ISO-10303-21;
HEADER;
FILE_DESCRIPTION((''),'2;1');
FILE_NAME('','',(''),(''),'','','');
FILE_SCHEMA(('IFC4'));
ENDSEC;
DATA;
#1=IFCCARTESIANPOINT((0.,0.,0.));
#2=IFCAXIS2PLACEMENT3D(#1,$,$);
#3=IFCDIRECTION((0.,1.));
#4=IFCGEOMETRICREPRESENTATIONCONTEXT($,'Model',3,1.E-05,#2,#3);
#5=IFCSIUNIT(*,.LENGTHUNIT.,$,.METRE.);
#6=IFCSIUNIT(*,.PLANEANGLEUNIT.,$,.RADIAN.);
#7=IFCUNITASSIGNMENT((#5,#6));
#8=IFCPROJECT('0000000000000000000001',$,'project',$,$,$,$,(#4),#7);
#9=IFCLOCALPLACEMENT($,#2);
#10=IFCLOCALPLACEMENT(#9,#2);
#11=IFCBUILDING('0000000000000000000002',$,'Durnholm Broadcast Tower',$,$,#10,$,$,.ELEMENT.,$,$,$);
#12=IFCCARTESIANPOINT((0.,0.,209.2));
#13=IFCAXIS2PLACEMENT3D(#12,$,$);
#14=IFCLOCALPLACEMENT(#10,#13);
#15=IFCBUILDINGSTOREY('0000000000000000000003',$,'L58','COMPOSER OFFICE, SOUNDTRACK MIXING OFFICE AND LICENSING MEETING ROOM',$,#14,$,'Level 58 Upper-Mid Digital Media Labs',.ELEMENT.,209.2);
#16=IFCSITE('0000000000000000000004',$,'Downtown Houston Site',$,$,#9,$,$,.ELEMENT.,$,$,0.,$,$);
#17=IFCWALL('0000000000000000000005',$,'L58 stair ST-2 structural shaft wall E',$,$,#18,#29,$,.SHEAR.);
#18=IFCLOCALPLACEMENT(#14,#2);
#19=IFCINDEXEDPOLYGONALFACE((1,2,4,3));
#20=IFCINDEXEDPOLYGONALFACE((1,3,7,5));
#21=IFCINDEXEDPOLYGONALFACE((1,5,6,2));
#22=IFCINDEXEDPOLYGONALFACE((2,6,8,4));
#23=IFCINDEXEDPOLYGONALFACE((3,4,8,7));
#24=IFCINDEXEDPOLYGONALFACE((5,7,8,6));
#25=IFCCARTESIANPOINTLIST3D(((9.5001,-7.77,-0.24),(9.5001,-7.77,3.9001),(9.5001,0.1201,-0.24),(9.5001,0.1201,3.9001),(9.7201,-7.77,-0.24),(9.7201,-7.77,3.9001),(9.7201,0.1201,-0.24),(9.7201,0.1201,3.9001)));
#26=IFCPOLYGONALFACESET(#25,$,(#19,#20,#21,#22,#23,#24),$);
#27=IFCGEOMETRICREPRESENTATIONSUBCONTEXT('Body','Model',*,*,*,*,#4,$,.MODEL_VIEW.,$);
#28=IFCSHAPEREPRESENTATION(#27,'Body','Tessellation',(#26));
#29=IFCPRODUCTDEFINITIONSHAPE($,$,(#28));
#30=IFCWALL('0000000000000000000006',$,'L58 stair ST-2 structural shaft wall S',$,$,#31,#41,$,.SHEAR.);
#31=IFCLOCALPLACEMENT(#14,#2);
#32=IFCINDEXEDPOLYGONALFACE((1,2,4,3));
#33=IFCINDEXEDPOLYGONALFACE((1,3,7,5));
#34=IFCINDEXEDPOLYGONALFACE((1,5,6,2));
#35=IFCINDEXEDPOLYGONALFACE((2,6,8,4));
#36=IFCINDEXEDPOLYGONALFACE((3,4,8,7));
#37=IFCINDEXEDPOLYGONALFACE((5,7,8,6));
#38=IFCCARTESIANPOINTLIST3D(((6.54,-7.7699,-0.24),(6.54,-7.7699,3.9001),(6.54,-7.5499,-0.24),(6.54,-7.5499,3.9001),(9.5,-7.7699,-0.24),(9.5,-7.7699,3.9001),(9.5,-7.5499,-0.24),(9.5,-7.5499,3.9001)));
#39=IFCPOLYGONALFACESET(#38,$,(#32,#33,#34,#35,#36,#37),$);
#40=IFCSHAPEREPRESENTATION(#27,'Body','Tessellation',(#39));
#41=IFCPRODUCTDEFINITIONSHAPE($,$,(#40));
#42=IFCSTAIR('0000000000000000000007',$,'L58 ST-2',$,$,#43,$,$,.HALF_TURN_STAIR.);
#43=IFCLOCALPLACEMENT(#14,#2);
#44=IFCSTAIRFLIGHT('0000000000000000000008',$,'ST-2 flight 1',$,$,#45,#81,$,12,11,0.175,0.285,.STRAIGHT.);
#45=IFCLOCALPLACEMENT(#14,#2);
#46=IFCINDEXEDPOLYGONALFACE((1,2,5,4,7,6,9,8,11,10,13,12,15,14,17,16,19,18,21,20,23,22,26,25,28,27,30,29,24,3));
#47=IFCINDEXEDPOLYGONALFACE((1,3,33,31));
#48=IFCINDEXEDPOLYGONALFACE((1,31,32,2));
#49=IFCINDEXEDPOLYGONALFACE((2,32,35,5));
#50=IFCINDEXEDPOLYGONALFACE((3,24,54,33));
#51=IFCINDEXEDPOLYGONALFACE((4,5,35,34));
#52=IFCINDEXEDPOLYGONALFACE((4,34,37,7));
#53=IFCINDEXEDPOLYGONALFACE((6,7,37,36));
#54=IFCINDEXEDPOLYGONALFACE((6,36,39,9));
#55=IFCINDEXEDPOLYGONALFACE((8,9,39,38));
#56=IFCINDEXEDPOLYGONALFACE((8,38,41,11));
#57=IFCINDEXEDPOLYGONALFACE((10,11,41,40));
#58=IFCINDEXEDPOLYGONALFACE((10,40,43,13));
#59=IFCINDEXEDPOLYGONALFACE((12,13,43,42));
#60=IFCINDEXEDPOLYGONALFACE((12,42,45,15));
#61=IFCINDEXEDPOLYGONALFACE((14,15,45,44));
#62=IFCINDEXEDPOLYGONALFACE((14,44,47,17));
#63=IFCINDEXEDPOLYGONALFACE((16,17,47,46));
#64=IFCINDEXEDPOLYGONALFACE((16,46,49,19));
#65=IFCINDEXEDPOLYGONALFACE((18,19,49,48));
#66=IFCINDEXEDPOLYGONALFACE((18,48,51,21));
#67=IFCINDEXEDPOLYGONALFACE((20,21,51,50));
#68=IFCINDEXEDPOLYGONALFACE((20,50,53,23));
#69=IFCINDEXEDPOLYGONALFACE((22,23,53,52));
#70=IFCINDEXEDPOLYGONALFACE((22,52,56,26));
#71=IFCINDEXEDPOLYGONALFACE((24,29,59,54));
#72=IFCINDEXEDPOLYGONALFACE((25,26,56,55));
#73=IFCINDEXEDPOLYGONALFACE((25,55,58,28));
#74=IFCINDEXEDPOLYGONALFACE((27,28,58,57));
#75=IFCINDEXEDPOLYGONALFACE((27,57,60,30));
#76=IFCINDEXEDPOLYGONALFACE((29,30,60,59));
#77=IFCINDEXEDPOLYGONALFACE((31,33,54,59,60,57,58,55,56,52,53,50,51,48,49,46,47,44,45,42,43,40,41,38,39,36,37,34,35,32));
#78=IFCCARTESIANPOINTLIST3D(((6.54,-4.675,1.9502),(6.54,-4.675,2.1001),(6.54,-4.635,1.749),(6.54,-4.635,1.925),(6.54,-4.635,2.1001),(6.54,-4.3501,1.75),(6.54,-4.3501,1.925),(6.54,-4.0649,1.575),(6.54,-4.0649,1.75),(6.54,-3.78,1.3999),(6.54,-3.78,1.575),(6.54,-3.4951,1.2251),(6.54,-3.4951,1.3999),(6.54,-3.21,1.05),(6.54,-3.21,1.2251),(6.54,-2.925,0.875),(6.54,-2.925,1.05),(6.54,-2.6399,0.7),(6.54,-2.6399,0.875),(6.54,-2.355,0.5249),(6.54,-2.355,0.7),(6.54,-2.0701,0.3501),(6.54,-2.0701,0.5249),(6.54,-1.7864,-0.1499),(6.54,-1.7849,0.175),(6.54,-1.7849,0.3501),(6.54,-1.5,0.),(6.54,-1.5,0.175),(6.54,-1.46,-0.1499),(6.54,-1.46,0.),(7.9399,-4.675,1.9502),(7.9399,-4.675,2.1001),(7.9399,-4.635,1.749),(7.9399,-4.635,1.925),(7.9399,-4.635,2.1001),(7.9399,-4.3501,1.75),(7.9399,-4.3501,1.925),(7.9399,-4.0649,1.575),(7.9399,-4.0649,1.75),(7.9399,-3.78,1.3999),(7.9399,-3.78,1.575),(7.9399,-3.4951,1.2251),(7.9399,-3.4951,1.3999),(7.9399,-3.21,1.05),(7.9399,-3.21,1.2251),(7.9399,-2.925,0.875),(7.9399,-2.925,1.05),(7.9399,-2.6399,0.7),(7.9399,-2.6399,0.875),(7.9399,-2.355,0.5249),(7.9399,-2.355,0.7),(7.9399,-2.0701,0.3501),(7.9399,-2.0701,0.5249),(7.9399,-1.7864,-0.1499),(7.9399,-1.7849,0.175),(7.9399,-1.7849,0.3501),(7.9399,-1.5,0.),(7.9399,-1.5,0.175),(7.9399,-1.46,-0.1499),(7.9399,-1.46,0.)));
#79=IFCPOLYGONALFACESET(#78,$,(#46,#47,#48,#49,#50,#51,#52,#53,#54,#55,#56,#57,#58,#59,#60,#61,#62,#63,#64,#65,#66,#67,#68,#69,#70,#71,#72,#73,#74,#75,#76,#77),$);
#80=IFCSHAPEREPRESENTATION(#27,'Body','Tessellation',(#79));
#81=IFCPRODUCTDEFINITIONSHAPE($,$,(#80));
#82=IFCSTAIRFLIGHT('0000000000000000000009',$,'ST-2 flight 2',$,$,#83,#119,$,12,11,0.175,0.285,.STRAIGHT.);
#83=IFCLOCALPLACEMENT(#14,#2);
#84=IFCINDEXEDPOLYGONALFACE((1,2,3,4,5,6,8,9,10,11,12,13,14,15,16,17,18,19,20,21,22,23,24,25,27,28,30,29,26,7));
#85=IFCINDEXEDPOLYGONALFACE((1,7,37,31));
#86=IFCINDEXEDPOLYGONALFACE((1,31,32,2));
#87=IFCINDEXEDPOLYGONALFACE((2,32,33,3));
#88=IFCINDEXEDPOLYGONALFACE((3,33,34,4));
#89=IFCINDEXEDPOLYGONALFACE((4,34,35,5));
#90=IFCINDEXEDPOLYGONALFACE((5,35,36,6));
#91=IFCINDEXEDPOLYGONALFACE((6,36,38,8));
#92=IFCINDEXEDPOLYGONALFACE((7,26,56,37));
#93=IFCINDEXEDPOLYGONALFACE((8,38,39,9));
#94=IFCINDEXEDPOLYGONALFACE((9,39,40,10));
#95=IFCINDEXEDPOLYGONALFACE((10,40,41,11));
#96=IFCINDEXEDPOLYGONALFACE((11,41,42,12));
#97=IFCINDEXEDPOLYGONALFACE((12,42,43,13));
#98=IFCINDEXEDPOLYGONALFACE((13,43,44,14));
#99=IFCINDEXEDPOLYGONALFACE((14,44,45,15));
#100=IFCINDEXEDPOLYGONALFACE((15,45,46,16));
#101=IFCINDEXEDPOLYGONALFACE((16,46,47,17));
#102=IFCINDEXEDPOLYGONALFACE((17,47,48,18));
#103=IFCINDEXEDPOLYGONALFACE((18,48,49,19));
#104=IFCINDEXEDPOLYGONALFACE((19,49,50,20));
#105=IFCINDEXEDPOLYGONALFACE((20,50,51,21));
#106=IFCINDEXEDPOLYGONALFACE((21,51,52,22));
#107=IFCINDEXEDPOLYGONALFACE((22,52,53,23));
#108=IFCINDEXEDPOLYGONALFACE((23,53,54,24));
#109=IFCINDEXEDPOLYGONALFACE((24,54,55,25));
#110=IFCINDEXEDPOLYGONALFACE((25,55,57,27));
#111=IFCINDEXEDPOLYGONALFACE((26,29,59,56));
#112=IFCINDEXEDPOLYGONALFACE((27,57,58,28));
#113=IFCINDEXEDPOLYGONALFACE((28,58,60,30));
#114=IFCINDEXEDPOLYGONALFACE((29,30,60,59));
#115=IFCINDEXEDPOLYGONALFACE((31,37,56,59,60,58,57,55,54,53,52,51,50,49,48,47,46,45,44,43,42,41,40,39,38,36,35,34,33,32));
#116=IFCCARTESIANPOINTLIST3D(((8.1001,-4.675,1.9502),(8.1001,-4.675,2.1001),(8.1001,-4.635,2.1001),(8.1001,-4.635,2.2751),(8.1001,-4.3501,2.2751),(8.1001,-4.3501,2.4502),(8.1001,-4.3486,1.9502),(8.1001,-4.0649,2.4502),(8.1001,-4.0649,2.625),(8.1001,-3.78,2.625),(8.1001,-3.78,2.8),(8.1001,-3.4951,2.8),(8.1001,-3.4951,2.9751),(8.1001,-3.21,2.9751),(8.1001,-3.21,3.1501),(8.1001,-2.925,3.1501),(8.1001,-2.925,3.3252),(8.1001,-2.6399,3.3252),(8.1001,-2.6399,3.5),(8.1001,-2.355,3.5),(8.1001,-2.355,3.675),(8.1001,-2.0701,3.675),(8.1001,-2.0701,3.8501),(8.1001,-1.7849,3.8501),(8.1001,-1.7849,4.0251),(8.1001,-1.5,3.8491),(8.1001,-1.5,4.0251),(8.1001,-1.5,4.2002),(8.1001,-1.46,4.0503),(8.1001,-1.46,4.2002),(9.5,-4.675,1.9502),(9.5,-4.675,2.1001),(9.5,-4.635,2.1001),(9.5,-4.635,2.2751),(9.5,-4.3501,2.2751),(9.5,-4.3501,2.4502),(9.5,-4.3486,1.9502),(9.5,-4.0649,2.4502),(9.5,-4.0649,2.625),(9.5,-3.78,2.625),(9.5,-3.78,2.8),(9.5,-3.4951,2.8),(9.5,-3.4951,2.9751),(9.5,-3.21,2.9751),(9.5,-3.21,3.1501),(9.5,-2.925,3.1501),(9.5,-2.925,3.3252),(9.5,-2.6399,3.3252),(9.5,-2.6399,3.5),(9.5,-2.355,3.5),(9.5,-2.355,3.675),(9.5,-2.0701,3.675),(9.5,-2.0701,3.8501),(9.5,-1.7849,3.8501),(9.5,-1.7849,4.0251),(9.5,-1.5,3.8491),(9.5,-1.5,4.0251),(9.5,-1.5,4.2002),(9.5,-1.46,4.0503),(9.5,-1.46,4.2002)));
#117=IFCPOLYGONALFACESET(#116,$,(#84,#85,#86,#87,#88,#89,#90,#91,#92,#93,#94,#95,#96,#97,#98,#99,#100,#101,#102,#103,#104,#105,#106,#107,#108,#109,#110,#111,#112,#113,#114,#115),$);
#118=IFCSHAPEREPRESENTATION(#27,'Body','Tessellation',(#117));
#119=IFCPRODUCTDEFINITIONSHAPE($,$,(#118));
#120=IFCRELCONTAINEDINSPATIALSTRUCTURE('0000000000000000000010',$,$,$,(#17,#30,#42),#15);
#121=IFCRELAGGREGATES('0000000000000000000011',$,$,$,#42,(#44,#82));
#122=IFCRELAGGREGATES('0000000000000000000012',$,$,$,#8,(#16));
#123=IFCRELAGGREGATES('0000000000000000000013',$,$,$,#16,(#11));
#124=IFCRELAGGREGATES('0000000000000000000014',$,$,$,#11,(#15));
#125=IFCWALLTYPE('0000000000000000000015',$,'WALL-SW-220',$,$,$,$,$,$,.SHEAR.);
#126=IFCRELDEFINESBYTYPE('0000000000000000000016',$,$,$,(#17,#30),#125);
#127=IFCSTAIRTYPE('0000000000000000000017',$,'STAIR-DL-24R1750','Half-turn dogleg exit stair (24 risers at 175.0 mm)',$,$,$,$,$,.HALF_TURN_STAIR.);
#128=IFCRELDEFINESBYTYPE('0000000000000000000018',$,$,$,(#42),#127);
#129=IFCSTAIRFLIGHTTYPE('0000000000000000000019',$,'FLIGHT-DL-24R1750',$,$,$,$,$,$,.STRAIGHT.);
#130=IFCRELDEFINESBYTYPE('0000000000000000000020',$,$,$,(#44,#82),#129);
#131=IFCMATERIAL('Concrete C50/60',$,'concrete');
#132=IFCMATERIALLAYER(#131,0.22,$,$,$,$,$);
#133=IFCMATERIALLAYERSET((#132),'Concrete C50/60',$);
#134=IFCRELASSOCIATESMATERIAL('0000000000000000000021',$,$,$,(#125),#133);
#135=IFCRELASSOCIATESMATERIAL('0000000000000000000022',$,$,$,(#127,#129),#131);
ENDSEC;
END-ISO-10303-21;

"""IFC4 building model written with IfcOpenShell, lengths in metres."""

from ifc_helpers import new_model, si_unit, direction, frame, frame_2d, origin, place, context, subcontext, project, spatial, polyline, rectangle, outline, extrude, material, layer, layer_set, type_object, element, aggregate, save


model = new_model("IFC4")

# Units and contexts
model_context = context("Model", 3, precision=1e-05, world=origin(), true_north=direction((0.0, 1.0)))
body_context = subcontext(model_context, "Body", "Model", "MODEL_VIEW")
ifc_project = project(units=[si_unit("LENGTHUNIT", "METRE"), si_unit("PLANEANGLEUNIT", "RADIAN")], contexts=[model_context])

# Site, building, storey
site_placement = place(None, origin())
site = spatial("IfcSite", under=ifc_project, at=site_placement, Name="Downtown Houston Site", CompositionType="ELEMENT", RefElevation=0.0)
building_placement = place(site_placement, origin())
building = spatial("IfcBuilding", under=site, at=building_placement, Name="Durnholm Broadcast Tower", CompositionType="ELEMENT")
storey_placement = place(building_placement, frame((0.0, 0.0, 209.2)))
storey = spatial("IfcBuildingStorey", under=building, at=storey_placement, Name="L58", Description="COMPOSER OFFICE, SOUNDTRACK MIXING OFFICE AND LICENSING MEETING ROOM", LongName="Level 58 Upper-Mid Digital Media Labs", CompositionType="ELEMENT", Elevation=209.2)

# Walls
ifc_material_1 = material(Name="Concrete C50/60", Category="concrete")
ifc_layer_1 = layer(ifc_material_1, 0.22)
ifc_layer_set_1 = layer_set([ifc_layer_1], Name="Concrete C50/60")
wall_type_1 = type_object("IfcWallType", Name="WALL-SW-220", PredefinedType="SHEAR", material=ifc_layer_set_1)
wall_1_placement = place(storey_placement, frame((9.6101, -7.77, -0.24), z_axis=(0.0, 0.0, 1.0), x_axis=(0.0, 1.0, 0.0)))
element("IfcWall", 1, at=wall_1_placement, inside=storey, type_object=wall_type_1, Name="L58 stair ST-2 structural shaft wall E", PredefinedType="SHEAR", context=body_context, shape_type="SweptSolid", body=[
    extrude(rectangle(XDim=7.8901, YDim=0.22, at=frame_2d((3.9451, 0.0))), origin(), (0.0, 0.0, 1.0), 4.1401),
])
wall_2_placement = place(storey_placement, frame((6.54, -7.6599, -0.24), z_axis=(0.0, 0.0, 1.0), x_axis=(1.0, 0.0, 0.0)))
element("IfcWall", 2, at=wall_2_placement, inside=storey, type_object=wall_type_1, Name="L58 stair ST-2 structural shaft wall S", PredefinedType="SHEAR", context=body_context, shape_type="SweptSolid", body=[
    extrude(rectangle(XDim=2.96, YDim=0.22, at=frame_2d((1.48, 0.0))), origin(), (0.0, 0.0, 1.0), 4.1401),
])

# Stair, stair flights
stair_type = type_object("IfcStairType", Name="STAIR-DL-24R1750", Description="Half-turn dogleg exit stair (24 risers at 175.0 mm)", PredefinedType="HALF_TURN_STAIR", material=ifc_material_1)
stair_placement = place(storey_placement, origin())
stair = element("IfcStair", 3, at=stair_placement, inside=storey, type_object=stair_type, Name="L58 ST-2", PredefinedType="HALF_TURN_STAIR")
stair_flight_type = type_object("IfcStairFlightType", Name="FLIGHT-DL-24R1750", PredefinedType="STRAIGHT", material=ifc_material_1)
stair_flight_1_placement = place(storey_placement, frame((7.24, -1.5, 0.0), z_axis=(0.0, 0.0, 1.0), x_axis=(0.0, -1.0, 0.0)))
stair_flight_1 = element("IfcStairFlight", 4, at=stair_flight_1_placement, type_object=stair_flight_type, Name="ST-2 flight 1", NumberOfRisers=12, NumberOfTreads=11, PredefinedType="STRAIGHT", RiserHeight=0.175, TreadLength=0.285, context=body_context, shape_type="SweptSolid", body=[
    extrude(outline(polyline([(-0.04, -0.1499), (-0.04, 0.0), (0.0, 0.0), (0.0, 0.175), (0.2849, 0.175), (0.2849, 0.3501), (0.5701, 0.3501), (0.5701, 0.5249), (0.855, 0.5249), (0.855, 0.7), (1.1399, 0.7), (1.1399, 0.875), (1.425, 0.875), (1.425, 1.05), (1.71, 1.05), (1.71, 1.2251), (1.9951, 1.2251), (1.9951, 1.3999), (2.28, 1.3999), (2.28, 1.575), (2.5649, 1.575), (2.5649, 1.75), (2.8501, 1.75), (2.8501, 1.925), (3.135, 1.925), (3.135, 2.1001), (3.175, 2.1001), (3.175, 1.9502), (3.135, 1.749), (0.2864, -0.1499), (-0.04, -0.1499)])), frame((0.0, 0.7, 0.0), z_axis=(0.0, -1.0, 0.0), x_axis=(1.0, 0.0, 0.0)), (0.0, 0.0, 1.0), 1.3999),
])
stair_flight_2_placement = place(storey_placement, frame((8.8, -4.635, 2.1001), z_axis=(0.0, 0.0, 1.0), x_axis=(0.0, 1.0, 0.0)))
stair_flight_2 = element("IfcStairFlight", 5, at=stair_flight_2_placement, type_object=stair_flight_type, Name="ST-2 flight 2", NumberOfRisers=12, NumberOfTreads=11, PredefinedType="STRAIGHT", RiserHeight=0.175, TreadLength=0.285, context=body_context, shape_type="SweptSolid", body=[
    extrude(outline(polyline([(-0.04, -0.1499), (-0.04, 0.0), (0.0, 0.0), (0.0, 0.175), (0.2849, 0.175), (0.2849, 0.3501), (0.5701, 0.3501), (0.5701, 0.5249), (0.855, 0.5249), (0.855, 0.7), (1.1399, 0.7), (1.1399, 0.875), (1.425, 0.875), (1.425, 1.05), (1.71, 1.05), (1.71, 1.2251), (1.9951, 1.2251), (1.9951, 1.3999), (2.28, 1.3999), (2.28, 1.575), (2.5649, 1.575), (2.5649, 1.75), (2.8501, 1.75), (2.8501, 1.925), (3.135, 1.925), (3.135, 2.1001), (3.175, 2.1001), (3.175, 1.9502), (3.135, 1.749), (0.2864, -0.1499), (-0.04, -0.1499)])), frame((0.0, 0.7, 0.0), z_axis=(0.0, -1.0, 0.0), x_axis=(1.0, 0.0, 0.0)), (0.0, 0.0, 1.0), 1.3999),
])
aggregate(stair, [stair_flight_1, stair_flight_2])

save(model, "model.ifc")
